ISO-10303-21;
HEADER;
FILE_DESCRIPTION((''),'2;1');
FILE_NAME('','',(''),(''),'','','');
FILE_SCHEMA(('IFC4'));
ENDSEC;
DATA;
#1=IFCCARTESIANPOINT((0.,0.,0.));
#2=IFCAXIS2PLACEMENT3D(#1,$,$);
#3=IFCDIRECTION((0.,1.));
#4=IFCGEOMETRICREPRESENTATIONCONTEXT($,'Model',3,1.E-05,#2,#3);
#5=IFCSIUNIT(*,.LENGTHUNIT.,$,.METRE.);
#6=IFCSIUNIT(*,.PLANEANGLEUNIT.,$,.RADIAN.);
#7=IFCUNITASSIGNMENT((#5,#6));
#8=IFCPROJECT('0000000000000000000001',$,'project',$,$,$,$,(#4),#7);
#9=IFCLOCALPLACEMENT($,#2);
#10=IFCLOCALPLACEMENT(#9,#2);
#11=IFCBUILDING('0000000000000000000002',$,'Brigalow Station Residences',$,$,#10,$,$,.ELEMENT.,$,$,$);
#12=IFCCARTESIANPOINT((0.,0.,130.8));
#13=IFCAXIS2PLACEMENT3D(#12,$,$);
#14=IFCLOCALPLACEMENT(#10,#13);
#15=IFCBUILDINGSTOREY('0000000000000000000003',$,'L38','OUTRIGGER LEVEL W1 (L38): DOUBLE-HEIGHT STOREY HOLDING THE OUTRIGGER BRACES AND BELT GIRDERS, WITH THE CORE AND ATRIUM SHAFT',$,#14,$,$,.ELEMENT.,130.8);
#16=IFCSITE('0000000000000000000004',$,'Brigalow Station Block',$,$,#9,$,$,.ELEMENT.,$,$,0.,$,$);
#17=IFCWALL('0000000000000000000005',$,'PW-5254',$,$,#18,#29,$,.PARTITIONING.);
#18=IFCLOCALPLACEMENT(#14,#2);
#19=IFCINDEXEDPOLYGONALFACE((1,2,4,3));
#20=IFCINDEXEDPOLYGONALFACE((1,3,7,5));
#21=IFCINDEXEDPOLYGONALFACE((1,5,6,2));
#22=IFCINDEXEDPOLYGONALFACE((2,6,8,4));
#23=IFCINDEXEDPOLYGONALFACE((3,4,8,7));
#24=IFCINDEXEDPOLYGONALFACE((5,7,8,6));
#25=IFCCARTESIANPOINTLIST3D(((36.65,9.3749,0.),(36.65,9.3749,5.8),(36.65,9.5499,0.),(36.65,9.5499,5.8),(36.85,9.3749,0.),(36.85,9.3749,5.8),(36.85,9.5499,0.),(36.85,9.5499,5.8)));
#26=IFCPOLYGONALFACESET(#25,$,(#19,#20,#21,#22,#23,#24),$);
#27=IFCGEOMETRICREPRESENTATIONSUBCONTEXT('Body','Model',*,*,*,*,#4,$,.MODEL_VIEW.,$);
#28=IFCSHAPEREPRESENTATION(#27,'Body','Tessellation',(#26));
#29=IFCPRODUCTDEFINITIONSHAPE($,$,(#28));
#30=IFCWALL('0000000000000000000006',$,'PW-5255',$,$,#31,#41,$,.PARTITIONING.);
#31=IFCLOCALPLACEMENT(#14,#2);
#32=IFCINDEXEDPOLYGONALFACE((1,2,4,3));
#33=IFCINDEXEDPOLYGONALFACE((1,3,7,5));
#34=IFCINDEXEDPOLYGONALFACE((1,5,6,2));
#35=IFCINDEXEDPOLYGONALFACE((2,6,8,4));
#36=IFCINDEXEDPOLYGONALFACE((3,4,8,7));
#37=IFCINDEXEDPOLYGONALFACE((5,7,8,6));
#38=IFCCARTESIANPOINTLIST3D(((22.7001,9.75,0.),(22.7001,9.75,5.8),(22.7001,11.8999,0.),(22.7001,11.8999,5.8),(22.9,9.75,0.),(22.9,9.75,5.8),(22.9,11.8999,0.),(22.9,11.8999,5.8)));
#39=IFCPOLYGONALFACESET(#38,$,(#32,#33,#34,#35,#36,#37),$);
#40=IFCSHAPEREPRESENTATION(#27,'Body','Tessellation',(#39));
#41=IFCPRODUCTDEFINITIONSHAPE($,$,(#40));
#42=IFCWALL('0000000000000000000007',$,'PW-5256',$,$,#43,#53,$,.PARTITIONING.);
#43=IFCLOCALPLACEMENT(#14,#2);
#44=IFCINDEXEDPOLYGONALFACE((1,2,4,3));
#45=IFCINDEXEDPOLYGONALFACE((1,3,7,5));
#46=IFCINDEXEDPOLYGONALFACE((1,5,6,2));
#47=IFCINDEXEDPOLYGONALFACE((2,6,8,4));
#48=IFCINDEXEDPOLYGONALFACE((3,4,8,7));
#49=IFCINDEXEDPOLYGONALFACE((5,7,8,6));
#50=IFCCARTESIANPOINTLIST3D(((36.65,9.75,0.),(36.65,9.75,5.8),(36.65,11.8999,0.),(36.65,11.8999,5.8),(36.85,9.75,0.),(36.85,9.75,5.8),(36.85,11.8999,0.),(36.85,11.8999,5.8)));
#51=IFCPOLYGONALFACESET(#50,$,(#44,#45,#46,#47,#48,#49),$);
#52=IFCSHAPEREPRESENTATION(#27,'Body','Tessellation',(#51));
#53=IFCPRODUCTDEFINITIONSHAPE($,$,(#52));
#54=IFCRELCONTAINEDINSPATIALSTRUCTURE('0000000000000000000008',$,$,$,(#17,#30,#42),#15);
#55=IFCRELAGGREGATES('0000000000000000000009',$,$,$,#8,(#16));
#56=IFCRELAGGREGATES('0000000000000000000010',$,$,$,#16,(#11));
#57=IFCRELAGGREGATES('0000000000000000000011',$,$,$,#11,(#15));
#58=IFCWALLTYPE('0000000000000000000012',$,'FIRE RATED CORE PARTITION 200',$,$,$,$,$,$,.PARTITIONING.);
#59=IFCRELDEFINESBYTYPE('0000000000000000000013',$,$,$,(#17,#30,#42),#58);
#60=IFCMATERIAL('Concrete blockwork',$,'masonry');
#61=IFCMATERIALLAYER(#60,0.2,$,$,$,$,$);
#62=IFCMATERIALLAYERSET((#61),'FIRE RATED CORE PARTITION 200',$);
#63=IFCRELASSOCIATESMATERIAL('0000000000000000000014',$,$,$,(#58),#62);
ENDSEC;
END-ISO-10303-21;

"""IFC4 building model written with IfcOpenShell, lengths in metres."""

from ifc_helpers import new_model, si_unit, direction, frame, frame_2d, origin, place, context, subcontext, project, spatial, rectangle, extrude, material, layer, layer_set, type_object, element, save


model = new_model("IFC4")

# Units and contexts
model_context = context("Model", 3, precision=1e-05, world=origin(), true_north=direction((0.0, 1.0)))
body_context = subcontext(model_context, "Body", "Model", "MODEL_VIEW")
ifc_project = project(units=[si_unit("LENGTHUNIT", "METRE"), si_unit("PLANEANGLEUNIT", "RADIAN")], contexts=[model_context])

# Site, building, storey
site_placement = place(None, origin())
site = spatial("IfcSite", under=ifc_project, at=site_placement, Name="Brigalow Station Block", CompositionType="ELEMENT", RefElevation=0.0)
building_placement = place(site_placement, origin())
building = spatial("IfcBuilding", under=site, at=building_placement, Name="Brigalow Station Residences", CompositionType="ELEMENT")
storey_placement = place(building_placement, frame((0.0, 0.0, 130.8)))
storey = spatial("IfcBuildingStorey", under=building, at=storey_placement, Name="L38", Description="OUTRIGGER LEVEL W1 (L38): DOUBLE-HEIGHT STOREY HOLDING THE OUTRIGGER BRACES AND BELT GIRDERS, WITH THE CORE AND ATRIUM SHAFT", CompositionType="ELEMENT", Elevation=130.8)

# Walls
ifc_material_1 = material(Name="Concrete blockwork", Category="masonry")
ifc_layer_1 = layer(ifc_material_1, 0.2)
ifc_layer_set_1 = layer_set([ifc_layer_1], Name="FIRE RATED CORE PARTITION 200")
wall_type_1 = type_object("IfcWallType", Name="FIRE RATED CORE PARTITION 200", PredefinedType="PARTITIONING", material=ifc_layer_set_1)
wall_1_placement = place(storey_placement, frame((36.75, 9.375, 0.0), z_axis=(0.0, 0.0, 1.0), x_axis=(0.0, 1.0, 0.0)))
element("IfcWall", 1, at=wall_1_placement, inside=storey, type_object=wall_type_1, Name="PW-5254", PredefinedType="PARTITIONING", context=body_context, shape_type="SweptSolid", body=[
    extrude(rectangle(XDim=0.175, YDim=0.2, at=frame_2d((0.0874, 0.0))), origin(), (0.0, 0.0, 1.0), 5.8),
])
for number, where, z_axis, x_axis, name in (
    (2, (22.8, 9.75, 0.0), (0.0, 0.0, 1.0), (0.0, 1.0, 0.0), "PW-5255"),
    (3, (36.75, 9.75, 0.0), (0.0, 0.0, 1.0), (0.0, 1.0, 0.0), "PW-5256"),
):
    element("IfcWall", number, at=place(storey_placement, frame(where, z_axis=z_axis, x_axis=x_axis)), inside=storey, type_object=wall_type_1, Name=name, PredefinedType="PARTITIONING", context=body_context, shape_type="SweptSolid", body=[
        extrude(rectangle(XDim=2.1499, YDim=0.2, at=frame_2d((1.075, 0.0))), origin(), (0.0, 0.0, 1.0), 5.8),
    ])

save(model, "model.ifc")
